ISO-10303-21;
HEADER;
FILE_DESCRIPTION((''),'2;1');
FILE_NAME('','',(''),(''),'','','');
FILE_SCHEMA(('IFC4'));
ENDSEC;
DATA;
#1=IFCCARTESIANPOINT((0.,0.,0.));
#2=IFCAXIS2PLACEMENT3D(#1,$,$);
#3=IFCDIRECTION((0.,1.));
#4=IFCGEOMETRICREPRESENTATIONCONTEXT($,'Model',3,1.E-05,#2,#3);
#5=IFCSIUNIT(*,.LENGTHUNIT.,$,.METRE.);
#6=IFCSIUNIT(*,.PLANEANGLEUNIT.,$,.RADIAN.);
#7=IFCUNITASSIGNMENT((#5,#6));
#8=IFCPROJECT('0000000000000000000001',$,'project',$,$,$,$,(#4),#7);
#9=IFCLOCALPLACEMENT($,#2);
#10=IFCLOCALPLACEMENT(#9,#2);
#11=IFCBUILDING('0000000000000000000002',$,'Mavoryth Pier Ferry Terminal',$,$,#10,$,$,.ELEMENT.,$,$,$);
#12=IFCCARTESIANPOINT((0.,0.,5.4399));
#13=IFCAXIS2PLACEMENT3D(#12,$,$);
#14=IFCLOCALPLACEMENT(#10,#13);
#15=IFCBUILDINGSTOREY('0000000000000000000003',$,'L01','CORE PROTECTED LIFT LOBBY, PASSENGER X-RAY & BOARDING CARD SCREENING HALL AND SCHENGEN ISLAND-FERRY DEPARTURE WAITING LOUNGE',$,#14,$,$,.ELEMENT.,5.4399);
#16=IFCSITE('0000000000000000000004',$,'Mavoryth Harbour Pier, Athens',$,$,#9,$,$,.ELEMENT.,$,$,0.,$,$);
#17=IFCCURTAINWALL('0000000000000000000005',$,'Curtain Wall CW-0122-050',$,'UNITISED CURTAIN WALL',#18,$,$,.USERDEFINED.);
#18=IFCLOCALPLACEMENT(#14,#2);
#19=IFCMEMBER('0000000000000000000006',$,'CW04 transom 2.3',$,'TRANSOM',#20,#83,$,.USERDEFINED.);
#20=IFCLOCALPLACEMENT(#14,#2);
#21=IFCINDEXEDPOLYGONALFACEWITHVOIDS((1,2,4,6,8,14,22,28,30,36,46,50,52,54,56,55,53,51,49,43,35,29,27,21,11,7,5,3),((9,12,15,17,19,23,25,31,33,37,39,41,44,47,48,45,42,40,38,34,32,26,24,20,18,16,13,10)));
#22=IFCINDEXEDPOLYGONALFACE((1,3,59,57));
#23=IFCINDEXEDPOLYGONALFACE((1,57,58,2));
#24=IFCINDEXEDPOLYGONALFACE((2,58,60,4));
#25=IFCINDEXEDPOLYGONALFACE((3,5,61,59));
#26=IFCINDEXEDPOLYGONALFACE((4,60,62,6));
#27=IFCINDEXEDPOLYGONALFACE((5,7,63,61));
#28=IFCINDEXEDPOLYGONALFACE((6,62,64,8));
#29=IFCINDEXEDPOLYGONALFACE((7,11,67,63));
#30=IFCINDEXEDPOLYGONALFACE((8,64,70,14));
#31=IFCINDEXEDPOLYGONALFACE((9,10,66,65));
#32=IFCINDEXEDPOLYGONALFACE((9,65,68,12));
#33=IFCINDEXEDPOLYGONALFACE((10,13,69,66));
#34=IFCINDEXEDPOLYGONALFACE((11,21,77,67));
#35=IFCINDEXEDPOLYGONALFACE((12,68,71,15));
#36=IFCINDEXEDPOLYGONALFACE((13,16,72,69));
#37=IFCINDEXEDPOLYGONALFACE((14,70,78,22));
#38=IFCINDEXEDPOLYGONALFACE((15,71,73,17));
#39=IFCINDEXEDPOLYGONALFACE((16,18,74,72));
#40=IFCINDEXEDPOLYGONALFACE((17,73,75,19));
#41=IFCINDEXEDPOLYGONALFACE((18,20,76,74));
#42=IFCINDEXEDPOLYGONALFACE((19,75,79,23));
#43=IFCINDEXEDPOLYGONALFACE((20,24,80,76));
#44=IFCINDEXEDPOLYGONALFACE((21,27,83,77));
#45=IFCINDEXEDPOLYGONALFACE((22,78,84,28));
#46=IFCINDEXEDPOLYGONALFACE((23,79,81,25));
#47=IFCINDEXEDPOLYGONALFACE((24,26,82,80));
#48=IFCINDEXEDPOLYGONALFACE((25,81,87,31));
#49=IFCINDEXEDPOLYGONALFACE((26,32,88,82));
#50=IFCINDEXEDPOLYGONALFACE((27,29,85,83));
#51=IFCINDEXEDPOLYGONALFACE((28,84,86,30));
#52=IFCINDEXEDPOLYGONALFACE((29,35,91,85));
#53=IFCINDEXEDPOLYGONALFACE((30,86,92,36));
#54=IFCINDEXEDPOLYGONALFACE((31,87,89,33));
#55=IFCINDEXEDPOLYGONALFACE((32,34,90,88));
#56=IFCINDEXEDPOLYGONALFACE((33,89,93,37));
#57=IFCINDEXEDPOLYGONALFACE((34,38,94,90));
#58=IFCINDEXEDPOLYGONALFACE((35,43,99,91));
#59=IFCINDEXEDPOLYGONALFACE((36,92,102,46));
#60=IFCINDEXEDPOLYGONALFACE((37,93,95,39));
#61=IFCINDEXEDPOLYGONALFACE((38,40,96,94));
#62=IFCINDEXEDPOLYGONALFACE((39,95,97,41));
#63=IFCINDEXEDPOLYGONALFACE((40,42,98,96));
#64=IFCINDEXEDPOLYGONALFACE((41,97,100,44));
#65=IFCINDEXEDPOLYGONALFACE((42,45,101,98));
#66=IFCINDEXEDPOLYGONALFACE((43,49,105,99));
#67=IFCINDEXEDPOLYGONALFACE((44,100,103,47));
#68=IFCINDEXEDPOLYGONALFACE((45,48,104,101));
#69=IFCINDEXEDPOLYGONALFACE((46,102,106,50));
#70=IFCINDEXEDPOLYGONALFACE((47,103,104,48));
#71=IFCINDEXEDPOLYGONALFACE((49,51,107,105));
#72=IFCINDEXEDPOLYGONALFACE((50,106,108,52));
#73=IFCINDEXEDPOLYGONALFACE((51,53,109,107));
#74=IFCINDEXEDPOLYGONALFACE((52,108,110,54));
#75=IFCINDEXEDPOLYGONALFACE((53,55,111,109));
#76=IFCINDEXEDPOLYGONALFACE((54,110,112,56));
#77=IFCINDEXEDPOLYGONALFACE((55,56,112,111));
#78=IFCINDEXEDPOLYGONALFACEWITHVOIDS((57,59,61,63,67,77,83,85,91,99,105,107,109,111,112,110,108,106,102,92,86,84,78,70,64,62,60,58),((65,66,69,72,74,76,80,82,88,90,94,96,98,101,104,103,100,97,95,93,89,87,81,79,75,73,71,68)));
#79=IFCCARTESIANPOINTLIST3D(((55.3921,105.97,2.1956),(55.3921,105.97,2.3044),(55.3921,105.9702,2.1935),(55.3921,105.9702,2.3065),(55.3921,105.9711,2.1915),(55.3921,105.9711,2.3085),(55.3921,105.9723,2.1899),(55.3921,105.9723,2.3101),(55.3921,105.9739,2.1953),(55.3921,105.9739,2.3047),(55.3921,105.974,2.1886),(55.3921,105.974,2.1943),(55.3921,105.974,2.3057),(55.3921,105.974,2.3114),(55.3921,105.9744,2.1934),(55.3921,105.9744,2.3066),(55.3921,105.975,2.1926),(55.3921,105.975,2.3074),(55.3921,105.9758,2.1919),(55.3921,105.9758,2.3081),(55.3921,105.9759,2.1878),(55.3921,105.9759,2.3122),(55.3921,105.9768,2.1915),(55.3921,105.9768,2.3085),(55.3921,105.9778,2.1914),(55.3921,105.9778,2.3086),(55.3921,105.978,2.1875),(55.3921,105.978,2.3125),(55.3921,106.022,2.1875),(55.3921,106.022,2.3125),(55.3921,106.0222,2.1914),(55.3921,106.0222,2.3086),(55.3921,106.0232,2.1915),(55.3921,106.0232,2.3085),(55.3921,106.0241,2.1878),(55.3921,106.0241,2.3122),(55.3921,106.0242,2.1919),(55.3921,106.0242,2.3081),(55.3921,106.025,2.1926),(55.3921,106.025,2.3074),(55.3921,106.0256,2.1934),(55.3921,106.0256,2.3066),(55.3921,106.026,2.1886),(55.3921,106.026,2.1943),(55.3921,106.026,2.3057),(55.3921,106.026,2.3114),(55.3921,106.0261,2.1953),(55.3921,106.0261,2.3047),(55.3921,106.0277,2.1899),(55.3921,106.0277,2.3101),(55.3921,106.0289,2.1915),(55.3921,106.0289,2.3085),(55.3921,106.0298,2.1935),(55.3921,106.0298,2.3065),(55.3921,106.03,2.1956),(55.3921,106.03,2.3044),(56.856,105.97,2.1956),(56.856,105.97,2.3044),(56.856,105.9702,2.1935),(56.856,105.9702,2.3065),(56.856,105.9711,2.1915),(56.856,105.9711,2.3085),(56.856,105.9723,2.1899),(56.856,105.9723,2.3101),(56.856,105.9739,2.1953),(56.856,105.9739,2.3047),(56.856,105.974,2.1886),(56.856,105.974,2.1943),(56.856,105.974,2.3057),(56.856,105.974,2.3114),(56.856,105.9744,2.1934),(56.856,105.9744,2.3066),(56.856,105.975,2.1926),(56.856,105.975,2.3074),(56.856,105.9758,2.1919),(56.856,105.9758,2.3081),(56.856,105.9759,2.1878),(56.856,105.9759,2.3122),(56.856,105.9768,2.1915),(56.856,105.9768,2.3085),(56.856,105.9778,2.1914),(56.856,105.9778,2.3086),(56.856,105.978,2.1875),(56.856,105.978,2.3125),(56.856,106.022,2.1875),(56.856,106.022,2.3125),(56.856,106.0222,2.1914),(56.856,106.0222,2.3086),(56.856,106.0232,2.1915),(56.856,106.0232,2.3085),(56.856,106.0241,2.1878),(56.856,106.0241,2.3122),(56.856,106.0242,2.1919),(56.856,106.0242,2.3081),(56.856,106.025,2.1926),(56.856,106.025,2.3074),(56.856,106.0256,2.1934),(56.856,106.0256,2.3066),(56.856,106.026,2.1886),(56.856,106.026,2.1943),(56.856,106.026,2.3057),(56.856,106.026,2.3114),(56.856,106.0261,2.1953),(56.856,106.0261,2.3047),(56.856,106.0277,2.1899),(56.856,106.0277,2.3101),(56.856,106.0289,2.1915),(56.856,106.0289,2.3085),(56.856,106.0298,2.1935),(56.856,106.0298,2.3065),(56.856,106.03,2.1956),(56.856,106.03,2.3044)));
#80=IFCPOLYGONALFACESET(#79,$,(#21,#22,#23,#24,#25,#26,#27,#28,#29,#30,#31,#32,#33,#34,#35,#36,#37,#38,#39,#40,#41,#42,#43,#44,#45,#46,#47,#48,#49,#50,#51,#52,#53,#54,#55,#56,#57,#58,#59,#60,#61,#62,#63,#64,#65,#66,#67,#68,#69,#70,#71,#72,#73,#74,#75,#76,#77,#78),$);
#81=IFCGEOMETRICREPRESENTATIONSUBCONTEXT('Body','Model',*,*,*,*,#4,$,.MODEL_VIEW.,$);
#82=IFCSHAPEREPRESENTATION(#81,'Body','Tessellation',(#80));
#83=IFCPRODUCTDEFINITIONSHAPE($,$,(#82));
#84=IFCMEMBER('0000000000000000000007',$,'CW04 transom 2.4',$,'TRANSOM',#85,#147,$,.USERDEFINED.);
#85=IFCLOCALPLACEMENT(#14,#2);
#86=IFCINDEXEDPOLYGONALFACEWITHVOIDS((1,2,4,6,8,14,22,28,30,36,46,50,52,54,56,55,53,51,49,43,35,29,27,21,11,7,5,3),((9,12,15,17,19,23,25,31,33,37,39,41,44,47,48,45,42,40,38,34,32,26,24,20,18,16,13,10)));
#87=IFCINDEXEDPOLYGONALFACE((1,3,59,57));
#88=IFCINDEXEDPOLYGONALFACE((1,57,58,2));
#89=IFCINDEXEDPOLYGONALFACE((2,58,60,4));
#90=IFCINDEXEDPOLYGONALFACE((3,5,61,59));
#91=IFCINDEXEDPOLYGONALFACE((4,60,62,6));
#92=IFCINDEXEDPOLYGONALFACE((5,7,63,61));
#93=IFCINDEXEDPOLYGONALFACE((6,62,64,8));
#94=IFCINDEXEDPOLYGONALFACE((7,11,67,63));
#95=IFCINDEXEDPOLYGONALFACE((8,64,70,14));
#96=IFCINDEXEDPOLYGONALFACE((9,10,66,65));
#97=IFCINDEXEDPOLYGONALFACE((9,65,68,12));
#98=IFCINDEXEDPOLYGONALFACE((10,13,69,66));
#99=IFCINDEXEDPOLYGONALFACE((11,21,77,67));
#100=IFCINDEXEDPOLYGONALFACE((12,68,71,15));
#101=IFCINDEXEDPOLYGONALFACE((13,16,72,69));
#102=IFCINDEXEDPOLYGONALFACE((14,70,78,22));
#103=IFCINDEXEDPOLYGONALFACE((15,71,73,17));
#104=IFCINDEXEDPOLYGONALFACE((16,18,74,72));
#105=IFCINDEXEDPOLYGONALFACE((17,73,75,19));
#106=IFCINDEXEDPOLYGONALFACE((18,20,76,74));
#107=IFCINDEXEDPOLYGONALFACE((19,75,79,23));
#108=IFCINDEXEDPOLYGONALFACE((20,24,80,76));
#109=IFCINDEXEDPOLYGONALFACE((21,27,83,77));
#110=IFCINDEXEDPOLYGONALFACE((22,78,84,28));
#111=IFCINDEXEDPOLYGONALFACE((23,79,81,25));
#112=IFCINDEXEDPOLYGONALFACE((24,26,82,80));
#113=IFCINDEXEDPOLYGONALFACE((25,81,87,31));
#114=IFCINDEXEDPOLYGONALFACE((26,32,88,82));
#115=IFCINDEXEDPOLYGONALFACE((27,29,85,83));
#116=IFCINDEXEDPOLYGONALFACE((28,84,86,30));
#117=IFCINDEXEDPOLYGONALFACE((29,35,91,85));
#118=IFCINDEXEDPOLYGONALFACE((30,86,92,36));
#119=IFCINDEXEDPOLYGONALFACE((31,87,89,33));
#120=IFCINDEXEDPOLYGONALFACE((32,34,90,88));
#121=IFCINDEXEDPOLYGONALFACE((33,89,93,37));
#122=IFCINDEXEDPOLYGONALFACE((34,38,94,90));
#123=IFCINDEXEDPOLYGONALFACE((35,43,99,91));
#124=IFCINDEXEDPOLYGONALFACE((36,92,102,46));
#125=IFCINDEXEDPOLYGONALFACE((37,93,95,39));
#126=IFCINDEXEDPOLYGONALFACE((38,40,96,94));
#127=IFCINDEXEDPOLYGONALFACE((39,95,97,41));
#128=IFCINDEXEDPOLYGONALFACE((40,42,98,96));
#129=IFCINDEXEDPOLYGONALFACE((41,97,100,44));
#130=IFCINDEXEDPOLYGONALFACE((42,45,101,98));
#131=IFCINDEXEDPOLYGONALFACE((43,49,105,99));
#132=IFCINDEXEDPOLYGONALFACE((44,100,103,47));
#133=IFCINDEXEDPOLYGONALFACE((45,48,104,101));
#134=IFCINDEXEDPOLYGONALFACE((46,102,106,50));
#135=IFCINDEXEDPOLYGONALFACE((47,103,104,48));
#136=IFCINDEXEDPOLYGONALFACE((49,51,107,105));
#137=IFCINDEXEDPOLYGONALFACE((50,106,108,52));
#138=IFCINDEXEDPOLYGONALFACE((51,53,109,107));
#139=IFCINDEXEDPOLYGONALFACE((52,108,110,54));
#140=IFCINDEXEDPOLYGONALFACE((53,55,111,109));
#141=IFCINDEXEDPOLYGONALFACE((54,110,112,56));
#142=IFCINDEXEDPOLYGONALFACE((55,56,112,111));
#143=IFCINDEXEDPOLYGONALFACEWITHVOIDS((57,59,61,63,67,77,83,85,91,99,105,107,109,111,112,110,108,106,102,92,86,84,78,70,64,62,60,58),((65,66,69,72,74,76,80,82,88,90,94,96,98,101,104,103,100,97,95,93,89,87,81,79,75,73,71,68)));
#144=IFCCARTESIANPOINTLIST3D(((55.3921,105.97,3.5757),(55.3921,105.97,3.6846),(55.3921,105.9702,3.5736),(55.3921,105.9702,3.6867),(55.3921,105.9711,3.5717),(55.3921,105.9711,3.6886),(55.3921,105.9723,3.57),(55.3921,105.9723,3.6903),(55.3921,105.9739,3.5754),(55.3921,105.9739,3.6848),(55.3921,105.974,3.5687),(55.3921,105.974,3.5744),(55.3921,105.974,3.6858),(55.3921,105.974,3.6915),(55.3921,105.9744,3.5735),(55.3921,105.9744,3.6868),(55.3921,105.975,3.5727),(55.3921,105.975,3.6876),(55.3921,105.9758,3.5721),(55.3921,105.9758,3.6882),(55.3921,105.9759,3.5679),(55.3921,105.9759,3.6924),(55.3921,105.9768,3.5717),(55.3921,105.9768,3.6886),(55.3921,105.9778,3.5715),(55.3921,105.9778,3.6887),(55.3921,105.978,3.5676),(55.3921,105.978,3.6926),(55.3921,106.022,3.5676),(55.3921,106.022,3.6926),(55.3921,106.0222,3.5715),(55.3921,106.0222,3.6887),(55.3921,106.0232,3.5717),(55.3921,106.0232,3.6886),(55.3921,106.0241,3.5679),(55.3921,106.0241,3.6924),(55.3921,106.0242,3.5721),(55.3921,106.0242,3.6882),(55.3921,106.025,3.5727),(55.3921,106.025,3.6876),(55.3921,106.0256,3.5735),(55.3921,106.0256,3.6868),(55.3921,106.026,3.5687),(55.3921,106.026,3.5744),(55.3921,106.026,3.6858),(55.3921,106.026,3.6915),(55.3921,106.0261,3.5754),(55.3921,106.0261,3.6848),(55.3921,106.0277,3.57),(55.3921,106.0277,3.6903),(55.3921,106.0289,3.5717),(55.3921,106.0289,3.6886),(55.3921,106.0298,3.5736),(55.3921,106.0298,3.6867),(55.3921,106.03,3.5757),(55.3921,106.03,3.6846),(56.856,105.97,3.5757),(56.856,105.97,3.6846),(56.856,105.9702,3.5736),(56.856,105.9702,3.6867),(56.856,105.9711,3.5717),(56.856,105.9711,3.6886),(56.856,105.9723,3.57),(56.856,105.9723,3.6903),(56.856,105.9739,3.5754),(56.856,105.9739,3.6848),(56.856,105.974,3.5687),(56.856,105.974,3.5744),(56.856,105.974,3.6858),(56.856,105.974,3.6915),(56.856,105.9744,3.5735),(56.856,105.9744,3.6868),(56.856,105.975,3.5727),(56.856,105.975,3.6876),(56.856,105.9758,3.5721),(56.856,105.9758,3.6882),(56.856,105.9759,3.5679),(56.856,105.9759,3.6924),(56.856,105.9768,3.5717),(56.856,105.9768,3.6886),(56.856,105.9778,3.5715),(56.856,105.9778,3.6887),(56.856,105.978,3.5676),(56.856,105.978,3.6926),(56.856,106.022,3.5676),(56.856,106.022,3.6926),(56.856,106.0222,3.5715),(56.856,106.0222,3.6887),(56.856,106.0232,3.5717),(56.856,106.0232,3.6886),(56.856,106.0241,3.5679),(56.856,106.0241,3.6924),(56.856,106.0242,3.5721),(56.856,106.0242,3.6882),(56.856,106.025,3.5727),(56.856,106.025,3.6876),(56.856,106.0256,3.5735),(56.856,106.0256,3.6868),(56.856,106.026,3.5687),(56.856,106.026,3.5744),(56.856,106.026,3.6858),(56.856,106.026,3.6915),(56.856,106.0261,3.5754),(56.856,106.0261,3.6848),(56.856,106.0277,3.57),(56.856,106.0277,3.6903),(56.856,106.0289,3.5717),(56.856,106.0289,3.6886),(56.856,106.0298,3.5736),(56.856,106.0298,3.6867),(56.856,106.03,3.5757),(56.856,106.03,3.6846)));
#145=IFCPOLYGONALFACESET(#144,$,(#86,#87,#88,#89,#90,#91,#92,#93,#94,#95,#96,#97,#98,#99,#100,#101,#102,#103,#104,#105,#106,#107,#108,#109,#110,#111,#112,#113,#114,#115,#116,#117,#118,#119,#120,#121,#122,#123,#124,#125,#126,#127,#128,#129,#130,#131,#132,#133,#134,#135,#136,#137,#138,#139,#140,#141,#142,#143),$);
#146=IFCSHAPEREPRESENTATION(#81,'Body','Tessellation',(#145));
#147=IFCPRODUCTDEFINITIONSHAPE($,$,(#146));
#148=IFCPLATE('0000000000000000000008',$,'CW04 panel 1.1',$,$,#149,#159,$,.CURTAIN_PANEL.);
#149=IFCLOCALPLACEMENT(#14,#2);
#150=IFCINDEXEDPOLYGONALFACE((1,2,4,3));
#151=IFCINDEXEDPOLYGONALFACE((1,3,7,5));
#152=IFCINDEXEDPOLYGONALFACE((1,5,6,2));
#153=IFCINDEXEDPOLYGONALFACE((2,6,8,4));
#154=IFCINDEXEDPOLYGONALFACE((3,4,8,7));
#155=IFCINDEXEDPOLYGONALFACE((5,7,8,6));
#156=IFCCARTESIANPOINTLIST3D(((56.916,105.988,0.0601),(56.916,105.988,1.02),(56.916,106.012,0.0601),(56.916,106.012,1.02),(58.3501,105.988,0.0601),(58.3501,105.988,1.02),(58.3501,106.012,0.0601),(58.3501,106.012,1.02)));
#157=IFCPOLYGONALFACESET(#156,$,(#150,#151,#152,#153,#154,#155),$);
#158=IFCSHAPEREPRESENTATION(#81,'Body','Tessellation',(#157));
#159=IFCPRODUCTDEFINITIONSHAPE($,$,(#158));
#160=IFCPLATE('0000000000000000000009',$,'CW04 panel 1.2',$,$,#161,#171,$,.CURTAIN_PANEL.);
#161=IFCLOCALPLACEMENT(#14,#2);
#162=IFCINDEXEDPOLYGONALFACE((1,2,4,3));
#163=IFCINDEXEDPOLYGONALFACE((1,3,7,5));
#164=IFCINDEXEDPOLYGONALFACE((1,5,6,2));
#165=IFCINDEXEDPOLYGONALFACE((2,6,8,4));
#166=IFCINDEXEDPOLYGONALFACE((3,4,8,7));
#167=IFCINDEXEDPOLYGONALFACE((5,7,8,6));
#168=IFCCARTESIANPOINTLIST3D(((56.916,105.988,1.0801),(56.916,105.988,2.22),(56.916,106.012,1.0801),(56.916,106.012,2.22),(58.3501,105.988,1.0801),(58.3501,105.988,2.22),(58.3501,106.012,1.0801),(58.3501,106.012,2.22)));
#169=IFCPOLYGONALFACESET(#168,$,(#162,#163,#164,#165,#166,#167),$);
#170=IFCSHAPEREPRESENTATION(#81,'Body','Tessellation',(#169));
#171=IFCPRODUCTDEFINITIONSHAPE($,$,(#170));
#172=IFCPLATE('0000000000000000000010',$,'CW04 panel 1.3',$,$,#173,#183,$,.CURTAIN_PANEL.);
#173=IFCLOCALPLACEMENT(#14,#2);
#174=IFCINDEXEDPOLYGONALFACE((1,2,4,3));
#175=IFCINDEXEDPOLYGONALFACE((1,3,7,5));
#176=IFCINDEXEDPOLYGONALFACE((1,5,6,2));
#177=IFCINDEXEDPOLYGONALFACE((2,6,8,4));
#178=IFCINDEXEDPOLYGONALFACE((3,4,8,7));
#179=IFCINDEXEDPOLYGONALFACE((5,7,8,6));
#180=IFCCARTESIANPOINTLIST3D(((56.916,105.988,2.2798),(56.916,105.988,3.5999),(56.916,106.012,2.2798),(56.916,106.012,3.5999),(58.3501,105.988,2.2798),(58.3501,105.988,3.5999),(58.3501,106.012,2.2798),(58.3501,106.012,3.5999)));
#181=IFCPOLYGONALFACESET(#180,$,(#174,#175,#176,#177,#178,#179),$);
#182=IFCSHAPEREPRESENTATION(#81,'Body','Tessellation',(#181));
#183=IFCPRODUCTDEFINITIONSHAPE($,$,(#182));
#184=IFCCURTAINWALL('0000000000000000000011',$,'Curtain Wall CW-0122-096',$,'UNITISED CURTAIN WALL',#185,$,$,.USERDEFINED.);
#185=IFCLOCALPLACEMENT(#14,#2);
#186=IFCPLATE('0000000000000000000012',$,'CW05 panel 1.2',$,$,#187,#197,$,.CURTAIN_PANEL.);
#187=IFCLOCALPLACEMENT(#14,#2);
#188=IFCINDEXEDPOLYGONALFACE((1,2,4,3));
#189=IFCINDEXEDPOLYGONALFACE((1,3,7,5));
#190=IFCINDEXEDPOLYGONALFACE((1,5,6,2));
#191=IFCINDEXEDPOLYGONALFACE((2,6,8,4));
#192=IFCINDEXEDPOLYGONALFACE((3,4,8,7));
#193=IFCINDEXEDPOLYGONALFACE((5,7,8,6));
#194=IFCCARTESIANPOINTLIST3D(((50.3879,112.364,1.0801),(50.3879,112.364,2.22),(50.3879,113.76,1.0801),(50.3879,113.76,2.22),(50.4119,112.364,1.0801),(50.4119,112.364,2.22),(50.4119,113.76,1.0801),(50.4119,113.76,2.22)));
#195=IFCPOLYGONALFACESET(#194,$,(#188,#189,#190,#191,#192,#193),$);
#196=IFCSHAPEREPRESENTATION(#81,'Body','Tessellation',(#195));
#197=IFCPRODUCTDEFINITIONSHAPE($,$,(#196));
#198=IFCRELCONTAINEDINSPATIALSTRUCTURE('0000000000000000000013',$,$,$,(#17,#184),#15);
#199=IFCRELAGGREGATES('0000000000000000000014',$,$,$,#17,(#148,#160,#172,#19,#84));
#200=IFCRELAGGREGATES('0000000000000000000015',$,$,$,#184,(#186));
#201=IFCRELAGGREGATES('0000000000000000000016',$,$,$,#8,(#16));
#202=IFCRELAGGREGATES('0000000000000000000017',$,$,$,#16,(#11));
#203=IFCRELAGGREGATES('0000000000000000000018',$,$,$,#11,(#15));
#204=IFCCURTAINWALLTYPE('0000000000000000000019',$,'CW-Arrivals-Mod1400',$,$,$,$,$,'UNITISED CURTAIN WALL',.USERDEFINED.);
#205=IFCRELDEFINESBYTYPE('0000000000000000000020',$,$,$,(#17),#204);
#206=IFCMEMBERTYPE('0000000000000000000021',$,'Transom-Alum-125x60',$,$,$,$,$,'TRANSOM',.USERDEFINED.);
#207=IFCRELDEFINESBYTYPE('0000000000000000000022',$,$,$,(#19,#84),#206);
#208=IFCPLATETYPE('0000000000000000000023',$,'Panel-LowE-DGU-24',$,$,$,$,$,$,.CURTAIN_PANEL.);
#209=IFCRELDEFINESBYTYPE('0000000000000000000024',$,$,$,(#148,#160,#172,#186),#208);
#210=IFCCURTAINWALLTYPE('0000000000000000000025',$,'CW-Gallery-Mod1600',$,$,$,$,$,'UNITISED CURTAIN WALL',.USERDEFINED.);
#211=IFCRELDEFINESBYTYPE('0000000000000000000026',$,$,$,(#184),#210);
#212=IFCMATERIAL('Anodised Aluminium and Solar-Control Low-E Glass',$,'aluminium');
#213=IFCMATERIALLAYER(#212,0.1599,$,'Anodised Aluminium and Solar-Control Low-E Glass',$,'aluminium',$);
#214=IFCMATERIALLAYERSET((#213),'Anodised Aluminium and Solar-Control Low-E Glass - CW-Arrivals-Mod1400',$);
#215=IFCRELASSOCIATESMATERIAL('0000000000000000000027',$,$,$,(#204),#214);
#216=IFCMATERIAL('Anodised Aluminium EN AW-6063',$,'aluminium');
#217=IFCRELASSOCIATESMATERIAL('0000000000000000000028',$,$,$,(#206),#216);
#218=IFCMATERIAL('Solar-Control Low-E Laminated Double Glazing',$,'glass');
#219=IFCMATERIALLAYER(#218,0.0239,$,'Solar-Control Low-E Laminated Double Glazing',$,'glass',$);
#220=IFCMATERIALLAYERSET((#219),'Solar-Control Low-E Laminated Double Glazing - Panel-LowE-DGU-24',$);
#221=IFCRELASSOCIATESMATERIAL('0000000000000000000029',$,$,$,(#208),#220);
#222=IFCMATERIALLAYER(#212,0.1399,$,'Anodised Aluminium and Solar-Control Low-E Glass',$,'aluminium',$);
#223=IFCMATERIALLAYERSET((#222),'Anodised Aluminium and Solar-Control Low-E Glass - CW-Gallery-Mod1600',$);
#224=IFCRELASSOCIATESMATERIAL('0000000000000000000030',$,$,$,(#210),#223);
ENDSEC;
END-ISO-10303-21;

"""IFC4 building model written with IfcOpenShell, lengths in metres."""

from ifc_helpers import new_model, si_unit, direction, frame, origin, origin_2d, place, context, subcontext, project, spatial, rectangle, hollow_rectangle, extrude, material, layer, layer_set, material_profile, profile_set, type_object, element, aggregate, save


model = new_model("IFC4")

# Units and contexts
model_context = context("Model", 3, precision=1e-05, world=origin(), true_north=direction((0.0, 1.0)))
body_context = subcontext(model_context, "Body", "Model", "MODEL_VIEW")
ifc_project = project(units=[si_unit("LENGTHUNIT", "METRE"), si_unit("PLANEANGLEUNIT", "RADIAN")], contexts=[model_context])

# Site, building, storey
site_placement = place(None, origin())
site = spatial("IfcSite", under=ifc_project, at=site_placement, Name="Mavoryth Harbour Pier, Athens", CompositionType="ELEMENT", RefElevation=0.0)
building_placement = place(site_placement, origin())
building = spatial("IfcBuilding", under=site, at=building_placement, Name="Mavoryth Pier Ferry Terminal", CompositionType="ELEMENT")
storey_placement = place(building_placement, frame((0.0, 0.0, 5.4399)))
storey = spatial("IfcBuildingStorey", under=building, at=storey_placement, Name="L01", Description="CORE PROTECTED LIFT LOBBY, PASSENGER X-RAY & BOARDING CARD SCREENING HALL AND SCHENGEN ISLAND-FERRY DEPARTURE WAITING LOUNGE", CompositionType="ELEMENT", Elevation=5.4399)

# Curtain wall
ifc_material_1 = material(Name="Anodised Aluminium and Solar-Control Low-E Glass", Category="aluminium")
ifc_layer_1 = layer(ifc_material_1, 0.1599, Name="Anodised Aluminium and Solar-Control Low-E Glass", Category="aluminium")
ifc_layer_set_1 = layer_set([ifc_layer_1], Name="Anodised Aluminium and Solar-Control Low-E Glass - CW-Arrivals-Mod1400")
curtain_wall_type_1 = type_object("IfcCurtainWallType", Name="CW-Arrivals-Mod1400", ElementType="UNITISED CURTAIN WALL", PredefinedType="USERDEFINED", material=ifc_layer_set_1)
curtain_wall_1_placement = place(storey_placement, origin())
curtain_wall_1 = element("IfcCurtainWall", 1, at=curtain_wall_1_placement, inside=storey, type_object=curtain_wall_type_1, Name="Curtain Wall CW-0122-050", ObjectType="UNITISED CURTAIN WALL", PredefinedType="USERDEFINED")
ifc_material_2 = material(Name="Anodised Aluminium EN AW-6063", Category="aluminium")

# Members
ifc_material_profile_1 = material_profile(ifc_material_2, hollow_rectangle(XDim=0.0601, YDim=0.125, WallThickness=0.0039, InnerFilletRadius=0.0039, OuterFilletRadius=0.0081, at=origin_2d()), Name="AL-TRAN 125x60x4", Category="aluminium")
ifc_profile_set_1 = profile_set([ifc_material_profile_1], Name="Anodised Aluminium EN AW-6063 - AL-TRAN 125x60x4")
member_type_1 = type_object("IfcMemberType", Name="Transom-Alum-125x60", ElementType="TRANSOM", PredefinedType="USERDEFINED", material=ifc_profile_set_1)
member_1_placement = place(storey_placement, frame((56.856, 106.0, 2.25), z_axis=(-1.0, 0.0, 0.0), x_axis=(0.0, -1.0, 0.0)))
member_1 = element("IfcMember", 2, at=member_1_placement, type_object=member_type_1, Name="CW04 transom 2.3", ObjectType="TRANSOM", PredefinedType="USERDEFINED", context=body_context, shape_type="SweptSolid", body=[
    extrude(hollow_rectangle(XDim=0.0601, YDim=0.125, WallThickness=0.0039, InnerFilletRadius=0.0039, OuterFilletRadius=0.0081, at=origin_2d()), origin(), (0.0, 0.0, 1.0), 1.4639),
])
member_2_placement = place(storey_placement, frame((56.856, 106.0, 3.6301), z_axis=(-1.0, 0.0, 0.0), x_axis=(0.0, -1.0, 0.0)))
member_2 = element("IfcMember", 3, at=member_2_placement, type_object=member_type_1, Name="CW04 transom 2.4", ObjectType="TRANSOM", PredefinedType="USERDEFINED", context=body_context, shape_type="SweptSolid", body=[
    extrude(hollow_rectangle(XDim=0.0601, YDim=0.125, WallThickness=0.0039, InnerFilletRadius=0.0039, OuterFilletRadius=0.0081, at=origin_2d()), origin(), (0.0, 0.0, 1.0), 1.4639),
])

# Plates
ifc_material_3 = material(Name="Solar-Control Low-E Laminated Double Glazing", Category="glass")
ifc_layer_2 = layer(ifc_material_3, 0.0239, Name="Solar-Control Low-E Laminated Double Glazing", Category="glass")
ifc_layer_set_2 = layer_set([ifc_layer_2], Name="Solar-Control Low-E Laminated Double Glazing - Panel-LowE-DGU-24")
plate_type_1 = type_object("IfcPlateType", Name="Panel-LowE-DGU-24", PredefinedType="CURTAIN_PANEL", material=ifc_layer_set_2)
plate_1_placement = place(storey_placement, frame((57.6331, 106.0, 0.0601), z_axis=(0.0, 0.0, 1.0), x_axis=(-1.0, 0.0, 0.0)))
plate_1 = element("IfcPlate", 4, at=plate_1_placement, type_object=plate_type_1, Name="CW04 panel 1.1", PredefinedType="CURTAIN_PANEL", context=body_context, shape_type="SweptSolid", body=[
    extrude(rectangle(XDim=1.4341, YDim=0.0239, at=origin_2d()), origin(), (0.0, 0.0, 1.0), 0.96),
])
plate_2_placement = place(storey_placement, frame((57.6331, 106.0, 1.0801), z_axis=(0.0, 0.0, 1.0), x_axis=(-1.0, 0.0, 0.0)))
plate_2 = element("IfcPlate", 5, at=plate_2_placement, type_object=plate_type_1, Name="CW04 panel 1.2", PredefinedType="CURTAIN_PANEL", context=body_context, shape_type="SweptSolid", body=[
    extrude(rectangle(XDim=1.4341, YDim=0.0239, at=origin_2d()), origin(), (0.0, 0.0, 1.0), 1.1399),
])
plate_3_placement = place(storey_placement, frame((57.6331, 106.0, 2.2798), z_axis=(0.0, 0.0, 1.0), x_axis=(-1.0, 0.0, 0.0)))
plate_3 = element("IfcPlate", 6, at=plate_3_placement, type_object=plate_type_1, Name="CW04 panel 1.3", PredefinedType="CURTAIN_PANEL", context=body_context, shape_type="SweptSolid", body=[
    extrude(rectangle(XDim=1.4341, YDim=0.0239, at=origin_2d()), origin(), (0.0, 0.0, 1.0), 1.3201),
])
aggregate(curtain_wall_1, [plate_1, plate_2, plate_3, member_1, member_2])

# Curtain wall, plate
ifc_layer_3 = layer(ifc_material_1, 0.1399, Name="Anodised Aluminium and Solar-Control Low-E Glass", Category="aluminium")
ifc_layer_set_3 = layer_set([ifc_layer_3], Name="Anodised Aluminium and Solar-Control Low-E Glass - CW-Gallery-Mod1600")
curtain_wall_type_2 = type_object("IfcCurtainWallType", Name="CW-Gallery-Mod1600", ElementType="UNITISED CURTAIN WALL", PredefinedType="USERDEFINED", material=ifc_layer_set_3)
curtain_wall_2_placement = place(storey_placement, origin())
curtain_wall_2 = element("IfcCurtainWall", 7, at=curtain_wall_2_placement, inside=storey, type_object=curtain_wall_type_2, Name="Curtain Wall CW-0122-096", ObjectType="UNITISED CURTAIN WALL", PredefinedType="USERDEFINED")
plate_4_placement = place(storey_placement, frame((50.3999, 113.062, 1.0801), z_axis=(0.0, 0.0, 1.0), x_axis=(0.0, -1.0, 0.0)))
plate_4 = element("IfcPlate", 8, at=plate_4_placement, type_object=plate_type_1, Name="CW05 panel 1.2", PredefinedType="CURTAIN_PANEL", context=body_context, shape_type="SweptSolid", body=[
    extrude(rectangle(XDim=1.396, YDim=0.0239, at=origin_2d()), origin(), (0.0, 0.0, 1.0), 1.1399),
])
aggregate(curtain_wall_2, [plate_4])

save(model, "model.ifc")
